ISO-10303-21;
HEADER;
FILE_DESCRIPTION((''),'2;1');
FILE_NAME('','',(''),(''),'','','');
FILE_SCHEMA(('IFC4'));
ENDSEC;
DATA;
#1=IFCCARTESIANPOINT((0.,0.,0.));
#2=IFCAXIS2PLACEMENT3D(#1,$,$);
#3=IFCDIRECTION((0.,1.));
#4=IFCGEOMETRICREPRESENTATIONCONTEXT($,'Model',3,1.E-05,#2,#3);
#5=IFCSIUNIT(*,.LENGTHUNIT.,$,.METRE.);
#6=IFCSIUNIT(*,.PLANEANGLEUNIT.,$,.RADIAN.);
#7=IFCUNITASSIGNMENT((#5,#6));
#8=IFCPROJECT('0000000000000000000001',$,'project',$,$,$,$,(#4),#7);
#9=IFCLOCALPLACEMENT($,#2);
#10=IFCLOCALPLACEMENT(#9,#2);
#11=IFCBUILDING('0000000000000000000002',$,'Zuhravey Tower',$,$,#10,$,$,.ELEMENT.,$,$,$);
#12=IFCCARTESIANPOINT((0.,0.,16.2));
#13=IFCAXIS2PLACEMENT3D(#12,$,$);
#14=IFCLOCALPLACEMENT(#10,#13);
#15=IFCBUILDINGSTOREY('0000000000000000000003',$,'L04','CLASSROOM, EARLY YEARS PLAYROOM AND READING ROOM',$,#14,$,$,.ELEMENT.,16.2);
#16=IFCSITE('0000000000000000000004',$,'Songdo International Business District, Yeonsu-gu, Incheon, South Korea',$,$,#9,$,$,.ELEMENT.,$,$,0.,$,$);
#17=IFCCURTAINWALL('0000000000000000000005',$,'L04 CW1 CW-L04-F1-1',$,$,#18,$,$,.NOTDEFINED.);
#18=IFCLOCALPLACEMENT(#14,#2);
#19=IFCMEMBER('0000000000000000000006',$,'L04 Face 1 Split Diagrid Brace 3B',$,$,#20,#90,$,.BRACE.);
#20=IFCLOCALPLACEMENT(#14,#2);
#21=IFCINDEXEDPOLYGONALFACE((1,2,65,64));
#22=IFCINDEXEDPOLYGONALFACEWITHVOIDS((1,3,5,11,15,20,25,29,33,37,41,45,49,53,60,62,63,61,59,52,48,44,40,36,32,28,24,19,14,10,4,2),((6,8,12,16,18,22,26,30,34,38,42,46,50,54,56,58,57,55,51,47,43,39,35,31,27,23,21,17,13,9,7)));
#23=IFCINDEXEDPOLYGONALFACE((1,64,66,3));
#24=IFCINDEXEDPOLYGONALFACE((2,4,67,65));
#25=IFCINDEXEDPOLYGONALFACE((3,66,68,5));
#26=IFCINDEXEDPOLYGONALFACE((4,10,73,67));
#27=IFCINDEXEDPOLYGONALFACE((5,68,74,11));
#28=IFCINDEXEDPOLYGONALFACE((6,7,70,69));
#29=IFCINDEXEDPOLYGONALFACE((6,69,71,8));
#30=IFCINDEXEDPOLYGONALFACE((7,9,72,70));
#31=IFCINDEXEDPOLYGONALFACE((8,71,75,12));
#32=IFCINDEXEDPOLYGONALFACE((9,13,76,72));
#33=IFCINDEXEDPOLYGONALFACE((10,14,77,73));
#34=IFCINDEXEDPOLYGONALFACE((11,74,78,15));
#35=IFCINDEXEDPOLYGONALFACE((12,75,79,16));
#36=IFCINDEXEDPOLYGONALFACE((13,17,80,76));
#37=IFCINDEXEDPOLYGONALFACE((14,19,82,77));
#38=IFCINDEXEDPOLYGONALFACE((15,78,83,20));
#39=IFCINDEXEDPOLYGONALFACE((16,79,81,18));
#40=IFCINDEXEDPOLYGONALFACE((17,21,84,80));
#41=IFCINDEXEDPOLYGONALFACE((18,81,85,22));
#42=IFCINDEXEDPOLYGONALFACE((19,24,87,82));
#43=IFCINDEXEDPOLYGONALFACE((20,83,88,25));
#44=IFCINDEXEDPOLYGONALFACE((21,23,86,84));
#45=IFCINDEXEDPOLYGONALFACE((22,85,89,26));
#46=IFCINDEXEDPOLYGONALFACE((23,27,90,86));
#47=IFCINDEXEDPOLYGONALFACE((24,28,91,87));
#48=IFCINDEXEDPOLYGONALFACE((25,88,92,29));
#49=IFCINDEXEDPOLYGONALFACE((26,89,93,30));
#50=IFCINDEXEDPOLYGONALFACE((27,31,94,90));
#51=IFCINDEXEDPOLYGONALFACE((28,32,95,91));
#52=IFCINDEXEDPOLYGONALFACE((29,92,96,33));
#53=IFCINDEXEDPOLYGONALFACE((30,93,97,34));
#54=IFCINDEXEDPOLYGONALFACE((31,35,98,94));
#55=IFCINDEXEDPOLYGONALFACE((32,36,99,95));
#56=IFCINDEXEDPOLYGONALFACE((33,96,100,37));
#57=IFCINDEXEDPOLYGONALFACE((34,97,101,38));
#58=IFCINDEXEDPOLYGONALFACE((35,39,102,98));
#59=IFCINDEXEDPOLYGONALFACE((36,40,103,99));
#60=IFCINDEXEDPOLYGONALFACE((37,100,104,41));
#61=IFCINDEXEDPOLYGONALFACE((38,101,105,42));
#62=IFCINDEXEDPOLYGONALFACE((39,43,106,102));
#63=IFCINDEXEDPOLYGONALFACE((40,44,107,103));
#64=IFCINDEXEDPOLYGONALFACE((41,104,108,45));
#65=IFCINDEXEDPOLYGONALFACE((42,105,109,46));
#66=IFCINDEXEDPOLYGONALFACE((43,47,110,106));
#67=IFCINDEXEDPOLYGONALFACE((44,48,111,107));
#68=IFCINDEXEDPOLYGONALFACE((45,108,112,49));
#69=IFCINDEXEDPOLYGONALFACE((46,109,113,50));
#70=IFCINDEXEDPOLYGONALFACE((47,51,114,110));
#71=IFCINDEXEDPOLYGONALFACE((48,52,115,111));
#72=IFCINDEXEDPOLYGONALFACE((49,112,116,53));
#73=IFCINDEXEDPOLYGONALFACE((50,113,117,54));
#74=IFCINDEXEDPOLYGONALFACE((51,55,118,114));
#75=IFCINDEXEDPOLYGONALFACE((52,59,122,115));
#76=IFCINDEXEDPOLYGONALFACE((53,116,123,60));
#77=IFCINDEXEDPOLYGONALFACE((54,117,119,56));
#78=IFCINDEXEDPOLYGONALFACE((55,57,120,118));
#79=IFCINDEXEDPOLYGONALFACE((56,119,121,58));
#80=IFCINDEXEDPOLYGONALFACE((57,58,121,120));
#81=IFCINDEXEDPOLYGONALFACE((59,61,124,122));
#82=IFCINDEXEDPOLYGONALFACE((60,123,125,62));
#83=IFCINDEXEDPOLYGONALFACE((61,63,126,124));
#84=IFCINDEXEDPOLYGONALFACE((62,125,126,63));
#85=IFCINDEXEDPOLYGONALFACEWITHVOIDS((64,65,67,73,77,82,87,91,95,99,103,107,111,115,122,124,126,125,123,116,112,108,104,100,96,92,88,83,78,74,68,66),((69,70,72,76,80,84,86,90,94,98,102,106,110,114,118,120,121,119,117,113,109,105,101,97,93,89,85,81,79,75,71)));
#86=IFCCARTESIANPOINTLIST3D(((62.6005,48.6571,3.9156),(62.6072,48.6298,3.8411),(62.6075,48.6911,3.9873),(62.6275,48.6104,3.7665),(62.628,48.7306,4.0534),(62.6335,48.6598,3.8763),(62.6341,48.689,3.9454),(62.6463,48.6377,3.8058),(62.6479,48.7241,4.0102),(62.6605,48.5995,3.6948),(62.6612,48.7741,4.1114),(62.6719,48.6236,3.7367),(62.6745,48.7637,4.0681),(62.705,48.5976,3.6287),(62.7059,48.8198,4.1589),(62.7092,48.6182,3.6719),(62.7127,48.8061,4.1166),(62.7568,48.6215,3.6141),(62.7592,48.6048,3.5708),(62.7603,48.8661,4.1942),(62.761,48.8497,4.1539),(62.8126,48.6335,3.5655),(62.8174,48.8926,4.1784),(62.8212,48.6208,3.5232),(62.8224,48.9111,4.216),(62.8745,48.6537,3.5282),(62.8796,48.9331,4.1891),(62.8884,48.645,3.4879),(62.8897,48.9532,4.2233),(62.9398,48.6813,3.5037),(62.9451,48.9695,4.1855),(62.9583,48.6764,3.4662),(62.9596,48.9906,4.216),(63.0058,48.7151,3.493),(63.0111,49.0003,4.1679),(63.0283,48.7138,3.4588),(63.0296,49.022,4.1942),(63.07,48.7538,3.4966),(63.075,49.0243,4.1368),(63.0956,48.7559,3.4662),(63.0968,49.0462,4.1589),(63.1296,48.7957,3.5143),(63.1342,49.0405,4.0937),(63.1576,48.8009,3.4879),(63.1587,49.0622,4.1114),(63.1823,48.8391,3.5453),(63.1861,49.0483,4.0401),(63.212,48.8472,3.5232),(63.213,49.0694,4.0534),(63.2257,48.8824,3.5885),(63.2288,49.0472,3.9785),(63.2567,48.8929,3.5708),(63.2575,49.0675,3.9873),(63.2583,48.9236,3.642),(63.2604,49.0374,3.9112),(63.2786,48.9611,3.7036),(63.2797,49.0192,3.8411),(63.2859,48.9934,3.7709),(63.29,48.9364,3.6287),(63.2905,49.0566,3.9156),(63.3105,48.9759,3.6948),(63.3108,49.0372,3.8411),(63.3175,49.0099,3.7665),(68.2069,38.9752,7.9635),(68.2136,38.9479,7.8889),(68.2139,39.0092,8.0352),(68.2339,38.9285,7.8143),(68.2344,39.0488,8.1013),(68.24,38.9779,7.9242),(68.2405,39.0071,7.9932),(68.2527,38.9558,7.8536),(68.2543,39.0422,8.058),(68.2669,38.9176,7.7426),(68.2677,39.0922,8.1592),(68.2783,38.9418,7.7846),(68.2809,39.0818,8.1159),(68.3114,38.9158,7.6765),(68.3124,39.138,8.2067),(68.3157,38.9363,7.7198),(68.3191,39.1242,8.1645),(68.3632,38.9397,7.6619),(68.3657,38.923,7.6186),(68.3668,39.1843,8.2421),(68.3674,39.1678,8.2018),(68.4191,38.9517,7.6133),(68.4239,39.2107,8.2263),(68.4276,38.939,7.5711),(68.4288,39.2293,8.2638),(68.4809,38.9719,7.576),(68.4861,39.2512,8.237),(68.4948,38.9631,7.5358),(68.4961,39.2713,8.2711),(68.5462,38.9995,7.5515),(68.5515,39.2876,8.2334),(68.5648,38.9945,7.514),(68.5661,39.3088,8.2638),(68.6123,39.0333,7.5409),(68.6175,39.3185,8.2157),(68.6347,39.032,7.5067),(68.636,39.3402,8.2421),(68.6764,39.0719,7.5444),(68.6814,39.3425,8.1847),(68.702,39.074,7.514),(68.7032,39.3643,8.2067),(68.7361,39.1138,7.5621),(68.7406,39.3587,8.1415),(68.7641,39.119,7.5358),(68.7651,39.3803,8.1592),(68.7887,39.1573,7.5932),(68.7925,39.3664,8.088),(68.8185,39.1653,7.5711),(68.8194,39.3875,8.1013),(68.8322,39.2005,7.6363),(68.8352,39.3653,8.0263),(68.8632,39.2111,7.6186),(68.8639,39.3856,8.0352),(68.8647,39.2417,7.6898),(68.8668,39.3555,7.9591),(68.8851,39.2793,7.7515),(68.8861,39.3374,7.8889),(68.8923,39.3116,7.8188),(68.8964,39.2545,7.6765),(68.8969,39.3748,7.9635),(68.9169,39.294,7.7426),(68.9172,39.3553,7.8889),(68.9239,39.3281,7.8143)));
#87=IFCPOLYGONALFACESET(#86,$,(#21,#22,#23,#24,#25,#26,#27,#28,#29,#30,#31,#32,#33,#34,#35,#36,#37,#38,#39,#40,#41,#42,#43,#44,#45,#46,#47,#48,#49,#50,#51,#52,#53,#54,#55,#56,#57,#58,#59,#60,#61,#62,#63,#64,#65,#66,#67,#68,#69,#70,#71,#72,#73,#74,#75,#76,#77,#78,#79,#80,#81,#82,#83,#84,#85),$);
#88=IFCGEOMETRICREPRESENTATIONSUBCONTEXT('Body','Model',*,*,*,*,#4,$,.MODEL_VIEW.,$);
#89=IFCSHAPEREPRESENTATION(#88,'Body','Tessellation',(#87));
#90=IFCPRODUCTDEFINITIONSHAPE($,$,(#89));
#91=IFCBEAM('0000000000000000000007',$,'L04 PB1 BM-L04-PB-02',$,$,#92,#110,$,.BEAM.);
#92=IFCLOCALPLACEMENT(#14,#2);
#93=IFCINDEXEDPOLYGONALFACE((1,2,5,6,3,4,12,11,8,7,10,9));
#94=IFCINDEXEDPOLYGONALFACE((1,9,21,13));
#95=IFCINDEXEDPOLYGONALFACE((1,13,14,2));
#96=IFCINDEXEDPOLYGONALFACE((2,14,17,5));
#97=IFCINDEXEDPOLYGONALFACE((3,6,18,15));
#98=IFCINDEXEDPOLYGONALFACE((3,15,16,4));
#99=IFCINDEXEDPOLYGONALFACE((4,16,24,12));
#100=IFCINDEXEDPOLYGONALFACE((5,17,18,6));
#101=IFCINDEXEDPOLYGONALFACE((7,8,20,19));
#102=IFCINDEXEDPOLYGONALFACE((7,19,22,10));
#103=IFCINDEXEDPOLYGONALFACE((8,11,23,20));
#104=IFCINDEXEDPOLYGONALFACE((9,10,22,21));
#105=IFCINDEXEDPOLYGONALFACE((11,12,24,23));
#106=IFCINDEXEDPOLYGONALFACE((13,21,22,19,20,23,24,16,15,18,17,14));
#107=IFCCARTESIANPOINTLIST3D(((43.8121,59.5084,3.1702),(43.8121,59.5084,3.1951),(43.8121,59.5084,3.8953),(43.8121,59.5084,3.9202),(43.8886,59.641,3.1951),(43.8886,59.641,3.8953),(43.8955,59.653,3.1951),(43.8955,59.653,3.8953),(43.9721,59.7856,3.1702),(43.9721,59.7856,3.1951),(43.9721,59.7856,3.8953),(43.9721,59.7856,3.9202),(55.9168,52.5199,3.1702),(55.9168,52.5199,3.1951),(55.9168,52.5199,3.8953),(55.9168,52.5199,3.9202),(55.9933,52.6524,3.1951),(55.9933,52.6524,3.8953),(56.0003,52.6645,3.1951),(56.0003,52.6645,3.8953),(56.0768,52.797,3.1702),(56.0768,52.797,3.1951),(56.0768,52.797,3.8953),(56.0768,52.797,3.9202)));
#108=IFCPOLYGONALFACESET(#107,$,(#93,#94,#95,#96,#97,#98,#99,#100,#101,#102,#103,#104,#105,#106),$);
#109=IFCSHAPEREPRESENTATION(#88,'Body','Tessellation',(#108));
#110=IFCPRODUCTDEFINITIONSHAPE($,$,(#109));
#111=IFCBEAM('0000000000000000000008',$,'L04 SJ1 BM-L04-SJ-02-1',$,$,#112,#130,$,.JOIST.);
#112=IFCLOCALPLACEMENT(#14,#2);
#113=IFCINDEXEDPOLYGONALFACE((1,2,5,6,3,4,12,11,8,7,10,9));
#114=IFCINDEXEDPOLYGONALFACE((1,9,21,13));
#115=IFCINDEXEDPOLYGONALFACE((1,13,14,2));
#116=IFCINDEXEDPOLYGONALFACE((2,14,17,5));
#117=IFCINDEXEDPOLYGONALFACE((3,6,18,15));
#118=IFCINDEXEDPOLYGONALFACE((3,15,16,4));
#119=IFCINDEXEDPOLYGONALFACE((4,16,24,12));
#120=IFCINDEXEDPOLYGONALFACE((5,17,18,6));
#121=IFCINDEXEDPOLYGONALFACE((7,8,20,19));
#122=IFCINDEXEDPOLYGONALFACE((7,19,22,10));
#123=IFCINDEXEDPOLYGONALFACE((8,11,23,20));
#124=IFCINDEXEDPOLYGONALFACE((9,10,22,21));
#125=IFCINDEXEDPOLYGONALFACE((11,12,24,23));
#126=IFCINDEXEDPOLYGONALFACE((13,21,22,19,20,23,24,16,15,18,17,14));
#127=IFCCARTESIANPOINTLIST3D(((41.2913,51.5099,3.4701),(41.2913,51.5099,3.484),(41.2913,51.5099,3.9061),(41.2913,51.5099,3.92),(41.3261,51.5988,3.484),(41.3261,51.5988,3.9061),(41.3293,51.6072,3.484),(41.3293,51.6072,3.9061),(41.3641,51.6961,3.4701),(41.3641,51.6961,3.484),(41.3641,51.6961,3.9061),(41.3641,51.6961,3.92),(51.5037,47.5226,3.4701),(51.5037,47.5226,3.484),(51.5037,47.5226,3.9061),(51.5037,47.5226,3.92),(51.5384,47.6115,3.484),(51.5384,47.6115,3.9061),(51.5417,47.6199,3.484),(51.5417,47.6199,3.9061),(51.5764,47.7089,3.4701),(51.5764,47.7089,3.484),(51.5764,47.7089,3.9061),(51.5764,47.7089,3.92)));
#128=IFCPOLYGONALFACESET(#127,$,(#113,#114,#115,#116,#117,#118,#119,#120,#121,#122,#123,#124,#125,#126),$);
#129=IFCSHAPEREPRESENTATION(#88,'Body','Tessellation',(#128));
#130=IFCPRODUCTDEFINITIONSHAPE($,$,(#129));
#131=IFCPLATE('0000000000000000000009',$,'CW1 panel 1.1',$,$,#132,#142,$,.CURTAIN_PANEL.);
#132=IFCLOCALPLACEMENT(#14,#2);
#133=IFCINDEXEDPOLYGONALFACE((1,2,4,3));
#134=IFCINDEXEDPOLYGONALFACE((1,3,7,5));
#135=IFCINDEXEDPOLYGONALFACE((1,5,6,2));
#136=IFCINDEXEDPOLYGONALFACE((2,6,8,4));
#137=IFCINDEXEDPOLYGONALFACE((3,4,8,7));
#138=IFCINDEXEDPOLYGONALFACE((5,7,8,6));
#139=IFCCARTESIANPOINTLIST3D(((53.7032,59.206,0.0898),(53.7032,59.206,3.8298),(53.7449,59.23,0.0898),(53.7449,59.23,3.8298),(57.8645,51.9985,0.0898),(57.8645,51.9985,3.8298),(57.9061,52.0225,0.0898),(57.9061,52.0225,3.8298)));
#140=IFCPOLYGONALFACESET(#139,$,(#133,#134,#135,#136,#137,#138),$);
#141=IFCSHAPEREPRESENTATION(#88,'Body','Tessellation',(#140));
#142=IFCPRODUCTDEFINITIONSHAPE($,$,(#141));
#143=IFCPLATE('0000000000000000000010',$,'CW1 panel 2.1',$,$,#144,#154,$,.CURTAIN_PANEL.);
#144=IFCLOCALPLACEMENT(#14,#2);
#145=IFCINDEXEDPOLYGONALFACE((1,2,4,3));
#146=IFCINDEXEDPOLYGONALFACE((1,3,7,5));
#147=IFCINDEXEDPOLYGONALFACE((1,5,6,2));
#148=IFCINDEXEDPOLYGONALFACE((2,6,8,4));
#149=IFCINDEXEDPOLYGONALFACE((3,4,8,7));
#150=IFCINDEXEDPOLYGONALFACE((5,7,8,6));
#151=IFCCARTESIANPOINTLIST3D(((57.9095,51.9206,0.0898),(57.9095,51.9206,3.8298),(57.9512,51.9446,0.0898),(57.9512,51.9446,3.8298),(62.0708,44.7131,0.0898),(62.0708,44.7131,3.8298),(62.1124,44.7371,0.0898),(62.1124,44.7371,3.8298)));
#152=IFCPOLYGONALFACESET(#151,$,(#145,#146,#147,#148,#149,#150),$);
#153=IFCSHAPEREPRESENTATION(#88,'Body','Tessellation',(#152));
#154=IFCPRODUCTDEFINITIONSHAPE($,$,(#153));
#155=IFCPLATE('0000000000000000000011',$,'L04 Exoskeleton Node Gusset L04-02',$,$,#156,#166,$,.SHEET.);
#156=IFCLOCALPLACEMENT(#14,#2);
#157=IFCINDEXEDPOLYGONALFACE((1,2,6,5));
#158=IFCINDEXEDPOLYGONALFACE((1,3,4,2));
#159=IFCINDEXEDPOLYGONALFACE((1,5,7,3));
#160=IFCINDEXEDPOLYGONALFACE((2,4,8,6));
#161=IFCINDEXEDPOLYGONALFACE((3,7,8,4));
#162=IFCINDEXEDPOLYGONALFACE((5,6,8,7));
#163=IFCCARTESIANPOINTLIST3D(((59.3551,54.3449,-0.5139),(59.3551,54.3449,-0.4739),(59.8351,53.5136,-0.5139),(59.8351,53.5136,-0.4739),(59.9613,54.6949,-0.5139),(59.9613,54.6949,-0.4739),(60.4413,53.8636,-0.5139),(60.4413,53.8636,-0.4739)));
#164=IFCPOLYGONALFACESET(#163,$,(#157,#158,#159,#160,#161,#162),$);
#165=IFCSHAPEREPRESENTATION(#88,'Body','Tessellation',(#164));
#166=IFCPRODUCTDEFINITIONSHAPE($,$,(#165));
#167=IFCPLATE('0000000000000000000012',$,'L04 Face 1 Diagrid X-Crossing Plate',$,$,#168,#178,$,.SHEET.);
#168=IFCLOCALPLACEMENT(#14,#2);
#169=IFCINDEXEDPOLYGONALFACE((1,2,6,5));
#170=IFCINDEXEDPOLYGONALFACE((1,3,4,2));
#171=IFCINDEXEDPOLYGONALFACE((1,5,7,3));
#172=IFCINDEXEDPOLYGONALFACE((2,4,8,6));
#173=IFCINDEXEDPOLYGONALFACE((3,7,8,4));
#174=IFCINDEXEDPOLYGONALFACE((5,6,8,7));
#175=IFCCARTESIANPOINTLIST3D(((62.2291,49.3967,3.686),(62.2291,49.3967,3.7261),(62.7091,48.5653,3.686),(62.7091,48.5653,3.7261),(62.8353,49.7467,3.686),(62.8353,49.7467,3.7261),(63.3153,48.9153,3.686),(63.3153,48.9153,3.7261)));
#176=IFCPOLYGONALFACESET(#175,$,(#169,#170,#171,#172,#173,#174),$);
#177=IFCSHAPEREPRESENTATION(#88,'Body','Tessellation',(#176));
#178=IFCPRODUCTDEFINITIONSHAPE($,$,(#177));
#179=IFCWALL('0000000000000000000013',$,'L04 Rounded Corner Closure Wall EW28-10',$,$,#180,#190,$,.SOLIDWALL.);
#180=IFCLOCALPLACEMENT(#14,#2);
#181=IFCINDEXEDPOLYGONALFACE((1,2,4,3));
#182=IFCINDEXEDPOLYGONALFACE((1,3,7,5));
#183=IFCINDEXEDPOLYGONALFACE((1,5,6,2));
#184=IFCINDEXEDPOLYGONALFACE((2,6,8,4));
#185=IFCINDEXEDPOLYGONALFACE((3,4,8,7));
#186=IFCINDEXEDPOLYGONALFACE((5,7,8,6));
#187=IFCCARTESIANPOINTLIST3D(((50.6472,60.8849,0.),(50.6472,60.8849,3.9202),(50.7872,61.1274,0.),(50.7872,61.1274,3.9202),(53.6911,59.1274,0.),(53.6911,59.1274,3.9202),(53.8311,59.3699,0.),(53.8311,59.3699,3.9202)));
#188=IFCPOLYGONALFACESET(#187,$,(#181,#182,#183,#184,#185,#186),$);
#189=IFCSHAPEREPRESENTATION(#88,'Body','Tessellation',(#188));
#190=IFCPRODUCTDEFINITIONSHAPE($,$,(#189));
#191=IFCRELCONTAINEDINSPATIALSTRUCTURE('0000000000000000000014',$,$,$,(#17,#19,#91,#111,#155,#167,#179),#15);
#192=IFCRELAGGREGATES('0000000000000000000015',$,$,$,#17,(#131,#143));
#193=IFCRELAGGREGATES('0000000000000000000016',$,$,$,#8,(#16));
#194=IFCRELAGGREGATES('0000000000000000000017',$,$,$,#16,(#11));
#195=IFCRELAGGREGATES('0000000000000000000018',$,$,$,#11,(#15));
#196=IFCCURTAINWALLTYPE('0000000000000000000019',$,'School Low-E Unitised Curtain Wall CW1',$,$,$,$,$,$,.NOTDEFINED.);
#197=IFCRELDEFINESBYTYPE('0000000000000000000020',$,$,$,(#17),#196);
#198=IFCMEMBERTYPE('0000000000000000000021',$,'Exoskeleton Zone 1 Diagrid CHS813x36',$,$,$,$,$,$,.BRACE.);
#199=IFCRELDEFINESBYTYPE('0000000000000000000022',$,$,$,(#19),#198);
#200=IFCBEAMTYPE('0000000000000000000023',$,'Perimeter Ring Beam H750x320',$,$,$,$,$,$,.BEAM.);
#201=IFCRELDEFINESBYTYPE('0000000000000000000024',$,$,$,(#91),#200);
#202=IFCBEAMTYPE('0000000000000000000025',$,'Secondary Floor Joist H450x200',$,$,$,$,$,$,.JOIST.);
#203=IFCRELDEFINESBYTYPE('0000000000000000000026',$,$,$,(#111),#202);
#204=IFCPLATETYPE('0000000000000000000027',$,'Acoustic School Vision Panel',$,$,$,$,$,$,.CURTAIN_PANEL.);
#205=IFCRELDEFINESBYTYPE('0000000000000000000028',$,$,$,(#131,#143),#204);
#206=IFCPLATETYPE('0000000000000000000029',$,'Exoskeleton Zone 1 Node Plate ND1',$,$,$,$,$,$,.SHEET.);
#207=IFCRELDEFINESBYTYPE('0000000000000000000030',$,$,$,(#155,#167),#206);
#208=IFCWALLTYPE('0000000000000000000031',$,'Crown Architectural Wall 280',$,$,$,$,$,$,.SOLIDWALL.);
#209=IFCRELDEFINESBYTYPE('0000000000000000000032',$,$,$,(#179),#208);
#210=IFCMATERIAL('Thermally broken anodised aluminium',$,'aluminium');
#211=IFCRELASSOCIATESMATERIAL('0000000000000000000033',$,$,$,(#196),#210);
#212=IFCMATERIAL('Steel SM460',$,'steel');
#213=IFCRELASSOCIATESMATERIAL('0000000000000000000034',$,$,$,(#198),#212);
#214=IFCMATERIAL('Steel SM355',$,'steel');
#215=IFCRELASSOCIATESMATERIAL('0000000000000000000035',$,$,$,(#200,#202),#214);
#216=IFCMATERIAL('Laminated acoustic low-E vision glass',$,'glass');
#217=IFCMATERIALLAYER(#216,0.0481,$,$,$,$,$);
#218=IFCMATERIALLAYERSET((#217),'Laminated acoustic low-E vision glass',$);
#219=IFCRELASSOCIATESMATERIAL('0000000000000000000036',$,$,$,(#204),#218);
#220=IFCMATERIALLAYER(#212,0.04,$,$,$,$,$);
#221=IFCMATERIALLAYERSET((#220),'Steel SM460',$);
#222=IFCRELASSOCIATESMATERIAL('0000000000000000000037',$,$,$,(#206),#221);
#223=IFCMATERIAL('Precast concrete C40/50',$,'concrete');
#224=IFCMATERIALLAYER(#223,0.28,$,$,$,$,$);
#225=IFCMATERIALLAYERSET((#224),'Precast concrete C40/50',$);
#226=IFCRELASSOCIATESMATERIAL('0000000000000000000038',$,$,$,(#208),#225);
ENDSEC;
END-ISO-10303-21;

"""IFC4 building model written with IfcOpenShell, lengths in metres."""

from ifc_helpers import new_model, si_unit, direction, frame, frame_2d, origin, origin_2d, place, context, subcontext, project, spatial, rectangle, hollow_circle, i_section, extrude, material, layer, layer_set, material_profile, profile_set, type_object, element, aggregate, save


model = new_model("IFC4")

# Units and contexts
model_context = context("Model", 3, precision=1e-05, world=origin(), true_north=direction((0.0, 1.0)))
body_context = subcontext(model_context, "Body", "Model", "MODEL_VIEW")
ifc_project = project(units=[si_unit("LENGTHUNIT", "METRE"), si_unit("PLANEANGLEUNIT", "RADIAN")], contexts=[model_context])

# Site, building, storey
site_placement = place(None, origin())
site = spatial("IfcSite", under=ifc_project, at=site_placement, Name="Songdo International Business District, Yeonsu-gu, Incheon, South Korea", CompositionType="ELEMENT", RefElevation=0.0)
building_placement = place(site_placement, origin())
building = spatial("IfcBuilding", under=site, at=building_placement, Name="Zuhravey Tower", CompositionType="ELEMENT")
storey_placement = place(building_placement, frame((0.0, 0.0, 16.2)))
storey = spatial("IfcBuildingStorey", under=building, at=storey_placement, Name="L04", Description="CLASSROOM, EARLY YEARS PLAYROOM AND READING ROOM", CompositionType="ELEMENT", Elevation=16.2)

# Shared definitions
ifc_material_1 = material(Name="Thermally broken anodised aluminium", Category="aluminium")
curtain_wall_type = type_object("IfcCurtainWallType", Name="School Low-E Unitised Curtain Wall CW1", PredefinedType="NOTDEFINED", material=ifc_material_1)

# Curtain wall
curtain_wall_1_placement = place(storey_placement, origin())
curtain_wall_1 = element("IfcCurtainWall", 1, at=curtain_wall_1_placement, inside=storey, type_object=curtain_wall_type, Name="L04 CW1 CW-L04-F1-1", PredefinedType="NOTDEFINED")

# Member
ifc_material_2 = material(Name="Steel SM460", Category="steel")
ifc_material_profile_1 = material_profile(ifc_material_2, hollow_circle(Radius=0.4065, WallThickness=0.0359, at=origin_2d()), Name="CHS-812.8x36")
ifc_profile_set_1 = profile_set([ifc_material_profile_1], Name="Steel SM460")
member_type_1 = type_object("IfcMemberType", Name="Exoskeleton Zone 1 Diagrid CHS813x36", PredefinedType="BRACE", material=ifc_profile_set_1)
member_1_placement = place(storey_placement, frame((62.959, 48.8335, 3.8411), z_axis=(0.471219, -0.813758, 0.34022), x_axis=(0.865382, 0.501113, 0.0)))
element("IfcMember", 2, at=member_1_placement, inside=storey, type_object=member_type_1, Name="L04 Face 1 Split Diagrid Brace 3B", PredefinedType="BRACE", context=body_context, shape_type="SweptSolid", body=[
    extrude(hollow_circle(Radius=0.4065, WallThickness=0.0359, at=origin_2d()), origin(), (0.0, 0.0, 1.0), 11.8977),
])

# Beams
ifc_material_3 = material(Name="Steel SM355", Category="steel")
ifc_material_profile_2 = material_profile(ifc_material_3, i_section(OverallWidth=0.3201, OverallDepth=0.75, WebThickness=0.0139, FlangeThickness=0.0249, at=origin_2d()), Name="H-750x320x14x25")
ifc_profile_set_2 = profile_set([ifc_material_profile_2], Name="Steel SM355")
beam_type_1 = type_object("IfcBeamType", Name="Perimeter Ring Beam H750x320", PredefinedType="BEAM", material=ifc_profile_set_2)
beam_1_placement = place(storey_placement, frame((55.9968, 52.6584, 3.5452), z_axis=(-0.86603, 0.499992, 0.0), x_axis=(-0.499992, -0.86603, 0.0)))
element("IfcBeam", 3, at=beam_1_placement, inside=storey, type_object=beam_type_1, Name="L04 PB1 BM-L04-PB-02", PredefinedType="BEAM", context=body_context, shape_type="SweptSolid", body=[
    extrude(i_section(OverallWidth=0.3201, OverallDepth=0.75, WebThickness=0.0139, FlangeThickness=0.0249, at=origin_2d()), origin(), (0.0, 0.0, 1.0), 13.9773),
])
ifc_material_profile_3 = material_profile(ifc_material_3, i_section(OverallWidth=0.2, OverallDepth=0.45, WebThickness=0.009, FlangeThickness=0.0139, at=origin_2d()), Name="H-450x200x9x14")
ifc_profile_set_3 = profile_set([ifc_material_profile_3], Name="Steel SM355")
beam_type_2 = type_object("IfcBeamType", Name="Secondary Floor Joist H450x200", PredefinedType="JOIST", material=ifc_profile_set_3)
beam_2_placement = place(storey_placement, frame((51.54, 47.6157, 3.6951), z_axis=(-0.931517, 0.363699, 0.0), x_axis=(-0.363699, -0.931517, 0.0)))
element("IfcBeam", 4, at=beam_2_placement, inside=storey, type_object=beam_type_2, Name="L04 SJ1 BM-L04-SJ-02-1", PredefinedType="JOIST", context=body_context, shape_type="SweptSolid", body=[
    extrude(i_section(OverallWidth=0.2, OverallDepth=0.45, WebThickness=0.009, FlangeThickness=0.0139, at=origin_2d()), origin(), (0.0, 0.0, 1.0), 10.9631),
])

# Plates
ifc_material_4 = material(Name="Laminated acoustic low-E vision glass", Category="glass")
ifc_layer_1 = layer(ifc_material_4, 0.0481)
ifc_layer_set_1 = layer_set([ifc_layer_1], Name="Laminated acoustic low-E vision glass")
plate_type_1 = type_object("IfcPlateType", Name="Acoustic School Vision Panel", PredefinedType="CURTAIN_PANEL", material=ifc_layer_set_1)
plate_1_placement = place(storey_placement, frame((55.8047, 55.6143, 0.0898), z_axis=(0.0, 0.0, 1.0), x_axis=(0.5, -0.866026, 0.0)))
plate_1 = element("IfcPlate", 5, at=plate_1_placement, type_object=plate_type_1, Name="CW1 panel 1.1", PredefinedType="CURTAIN_PANEL", context=body_context, shape_type="SweptSolid", body=[
    extrude(rectangle(XDim=8.3225, YDim=0.0481, at=origin_2d()), origin(), (0.0, 0.0, 1.0), 3.74),
])
plate_2_placement = place(storey_placement, frame((60.011, 48.3289, 0.0898), z_axis=(0.0, 0.0, 1.0), x_axis=(0.5, -0.866026, 0.0)))
plate_2 = element("IfcPlate", 6, at=plate_2_placement, type_object=plate_type_1, Name="CW1 panel 2.1", PredefinedType="CURTAIN_PANEL", context=body_context, shape_type="SweptSolid", body=[
    extrude(rectangle(XDim=8.3225, YDim=0.0481, at=origin_2d()), origin(), (0.0, 0.0, 1.0), 3.74),
])
aggregate(curtain_wall_1, [plate_1, plate_2])

# Plates
ifc_layer_2 = layer(ifc_material_2, 0.04)
ifc_layer_set_2 = layer_set([ifc_layer_2], Name="Steel SM460")
plate_type_2 = type_object("IfcPlateType", Name="Exoskeleton Zone 1 Node Plate ND1", PredefinedType="SHEET", material=ifc_layer_set_2)
for number, where, z_axis, x_axis, name in (
    (7, (59.8982, 54.1042, -0.5139), (0.0, 0.0, 1.0), (-0.5, 0.866025, 0.0), "L04 Exoskeleton Node Gusset L04-02"),
    (8, (62.7722, 49.156, 3.686), (0.0, 0.0, 1.0), (-0.5, 0.866025, 0.0), "L04 Face 1 Diagrid X-Crossing Plate"),
):
    element("IfcPlate", number, at=place(storey_placement, frame(where, z_axis=z_axis, x_axis=x_axis)), inside=storey, type_object=plate_type_2, Name=name, PredefinedType="SHEET", context=body_context, shape_type="SweptSolid", body=[
        extrude(rectangle(XDim=0.96, YDim=0.7, at=origin_2d()), origin(), (0.0, 0.0, 1.0), 0.04),
    ])

# Wall
ifc_material_5 = material(Name="Precast concrete C40/50", Category="concrete")
ifc_layer_3 = layer(ifc_material_5, 0.28)
ifc_layer_set_3 = layer_set([ifc_layer_3], Name="Precast concrete C40/50")
wall_type = type_object("IfcWallType", Name="Crown Architectural Wall 280", PredefinedType="SOLIDWALL", material=ifc_layer_set_3)
wall_placement = place(storey_placement, frame((50.7173, 61.0061, 0.0), z_axis=(0.0, 0.0, 1.0), x_axis=(0.866007, -0.500031, 0.0)))
element("IfcWall", 9, at=wall_placement, inside=storey, type_object=wall_type, Name="L04 Rounded Corner Closure Wall EW28-10", PredefinedType="SOLIDWALL", context=body_context, shape_type="SweptSolid", body=[
    extrude(rectangle(XDim=3.5149, YDim=0.28, at=frame_2d((1.7573, 0.0))), origin(), (0.0, 0.0, 1.0), 3.9202),
])

save(model, "model.ifc")
